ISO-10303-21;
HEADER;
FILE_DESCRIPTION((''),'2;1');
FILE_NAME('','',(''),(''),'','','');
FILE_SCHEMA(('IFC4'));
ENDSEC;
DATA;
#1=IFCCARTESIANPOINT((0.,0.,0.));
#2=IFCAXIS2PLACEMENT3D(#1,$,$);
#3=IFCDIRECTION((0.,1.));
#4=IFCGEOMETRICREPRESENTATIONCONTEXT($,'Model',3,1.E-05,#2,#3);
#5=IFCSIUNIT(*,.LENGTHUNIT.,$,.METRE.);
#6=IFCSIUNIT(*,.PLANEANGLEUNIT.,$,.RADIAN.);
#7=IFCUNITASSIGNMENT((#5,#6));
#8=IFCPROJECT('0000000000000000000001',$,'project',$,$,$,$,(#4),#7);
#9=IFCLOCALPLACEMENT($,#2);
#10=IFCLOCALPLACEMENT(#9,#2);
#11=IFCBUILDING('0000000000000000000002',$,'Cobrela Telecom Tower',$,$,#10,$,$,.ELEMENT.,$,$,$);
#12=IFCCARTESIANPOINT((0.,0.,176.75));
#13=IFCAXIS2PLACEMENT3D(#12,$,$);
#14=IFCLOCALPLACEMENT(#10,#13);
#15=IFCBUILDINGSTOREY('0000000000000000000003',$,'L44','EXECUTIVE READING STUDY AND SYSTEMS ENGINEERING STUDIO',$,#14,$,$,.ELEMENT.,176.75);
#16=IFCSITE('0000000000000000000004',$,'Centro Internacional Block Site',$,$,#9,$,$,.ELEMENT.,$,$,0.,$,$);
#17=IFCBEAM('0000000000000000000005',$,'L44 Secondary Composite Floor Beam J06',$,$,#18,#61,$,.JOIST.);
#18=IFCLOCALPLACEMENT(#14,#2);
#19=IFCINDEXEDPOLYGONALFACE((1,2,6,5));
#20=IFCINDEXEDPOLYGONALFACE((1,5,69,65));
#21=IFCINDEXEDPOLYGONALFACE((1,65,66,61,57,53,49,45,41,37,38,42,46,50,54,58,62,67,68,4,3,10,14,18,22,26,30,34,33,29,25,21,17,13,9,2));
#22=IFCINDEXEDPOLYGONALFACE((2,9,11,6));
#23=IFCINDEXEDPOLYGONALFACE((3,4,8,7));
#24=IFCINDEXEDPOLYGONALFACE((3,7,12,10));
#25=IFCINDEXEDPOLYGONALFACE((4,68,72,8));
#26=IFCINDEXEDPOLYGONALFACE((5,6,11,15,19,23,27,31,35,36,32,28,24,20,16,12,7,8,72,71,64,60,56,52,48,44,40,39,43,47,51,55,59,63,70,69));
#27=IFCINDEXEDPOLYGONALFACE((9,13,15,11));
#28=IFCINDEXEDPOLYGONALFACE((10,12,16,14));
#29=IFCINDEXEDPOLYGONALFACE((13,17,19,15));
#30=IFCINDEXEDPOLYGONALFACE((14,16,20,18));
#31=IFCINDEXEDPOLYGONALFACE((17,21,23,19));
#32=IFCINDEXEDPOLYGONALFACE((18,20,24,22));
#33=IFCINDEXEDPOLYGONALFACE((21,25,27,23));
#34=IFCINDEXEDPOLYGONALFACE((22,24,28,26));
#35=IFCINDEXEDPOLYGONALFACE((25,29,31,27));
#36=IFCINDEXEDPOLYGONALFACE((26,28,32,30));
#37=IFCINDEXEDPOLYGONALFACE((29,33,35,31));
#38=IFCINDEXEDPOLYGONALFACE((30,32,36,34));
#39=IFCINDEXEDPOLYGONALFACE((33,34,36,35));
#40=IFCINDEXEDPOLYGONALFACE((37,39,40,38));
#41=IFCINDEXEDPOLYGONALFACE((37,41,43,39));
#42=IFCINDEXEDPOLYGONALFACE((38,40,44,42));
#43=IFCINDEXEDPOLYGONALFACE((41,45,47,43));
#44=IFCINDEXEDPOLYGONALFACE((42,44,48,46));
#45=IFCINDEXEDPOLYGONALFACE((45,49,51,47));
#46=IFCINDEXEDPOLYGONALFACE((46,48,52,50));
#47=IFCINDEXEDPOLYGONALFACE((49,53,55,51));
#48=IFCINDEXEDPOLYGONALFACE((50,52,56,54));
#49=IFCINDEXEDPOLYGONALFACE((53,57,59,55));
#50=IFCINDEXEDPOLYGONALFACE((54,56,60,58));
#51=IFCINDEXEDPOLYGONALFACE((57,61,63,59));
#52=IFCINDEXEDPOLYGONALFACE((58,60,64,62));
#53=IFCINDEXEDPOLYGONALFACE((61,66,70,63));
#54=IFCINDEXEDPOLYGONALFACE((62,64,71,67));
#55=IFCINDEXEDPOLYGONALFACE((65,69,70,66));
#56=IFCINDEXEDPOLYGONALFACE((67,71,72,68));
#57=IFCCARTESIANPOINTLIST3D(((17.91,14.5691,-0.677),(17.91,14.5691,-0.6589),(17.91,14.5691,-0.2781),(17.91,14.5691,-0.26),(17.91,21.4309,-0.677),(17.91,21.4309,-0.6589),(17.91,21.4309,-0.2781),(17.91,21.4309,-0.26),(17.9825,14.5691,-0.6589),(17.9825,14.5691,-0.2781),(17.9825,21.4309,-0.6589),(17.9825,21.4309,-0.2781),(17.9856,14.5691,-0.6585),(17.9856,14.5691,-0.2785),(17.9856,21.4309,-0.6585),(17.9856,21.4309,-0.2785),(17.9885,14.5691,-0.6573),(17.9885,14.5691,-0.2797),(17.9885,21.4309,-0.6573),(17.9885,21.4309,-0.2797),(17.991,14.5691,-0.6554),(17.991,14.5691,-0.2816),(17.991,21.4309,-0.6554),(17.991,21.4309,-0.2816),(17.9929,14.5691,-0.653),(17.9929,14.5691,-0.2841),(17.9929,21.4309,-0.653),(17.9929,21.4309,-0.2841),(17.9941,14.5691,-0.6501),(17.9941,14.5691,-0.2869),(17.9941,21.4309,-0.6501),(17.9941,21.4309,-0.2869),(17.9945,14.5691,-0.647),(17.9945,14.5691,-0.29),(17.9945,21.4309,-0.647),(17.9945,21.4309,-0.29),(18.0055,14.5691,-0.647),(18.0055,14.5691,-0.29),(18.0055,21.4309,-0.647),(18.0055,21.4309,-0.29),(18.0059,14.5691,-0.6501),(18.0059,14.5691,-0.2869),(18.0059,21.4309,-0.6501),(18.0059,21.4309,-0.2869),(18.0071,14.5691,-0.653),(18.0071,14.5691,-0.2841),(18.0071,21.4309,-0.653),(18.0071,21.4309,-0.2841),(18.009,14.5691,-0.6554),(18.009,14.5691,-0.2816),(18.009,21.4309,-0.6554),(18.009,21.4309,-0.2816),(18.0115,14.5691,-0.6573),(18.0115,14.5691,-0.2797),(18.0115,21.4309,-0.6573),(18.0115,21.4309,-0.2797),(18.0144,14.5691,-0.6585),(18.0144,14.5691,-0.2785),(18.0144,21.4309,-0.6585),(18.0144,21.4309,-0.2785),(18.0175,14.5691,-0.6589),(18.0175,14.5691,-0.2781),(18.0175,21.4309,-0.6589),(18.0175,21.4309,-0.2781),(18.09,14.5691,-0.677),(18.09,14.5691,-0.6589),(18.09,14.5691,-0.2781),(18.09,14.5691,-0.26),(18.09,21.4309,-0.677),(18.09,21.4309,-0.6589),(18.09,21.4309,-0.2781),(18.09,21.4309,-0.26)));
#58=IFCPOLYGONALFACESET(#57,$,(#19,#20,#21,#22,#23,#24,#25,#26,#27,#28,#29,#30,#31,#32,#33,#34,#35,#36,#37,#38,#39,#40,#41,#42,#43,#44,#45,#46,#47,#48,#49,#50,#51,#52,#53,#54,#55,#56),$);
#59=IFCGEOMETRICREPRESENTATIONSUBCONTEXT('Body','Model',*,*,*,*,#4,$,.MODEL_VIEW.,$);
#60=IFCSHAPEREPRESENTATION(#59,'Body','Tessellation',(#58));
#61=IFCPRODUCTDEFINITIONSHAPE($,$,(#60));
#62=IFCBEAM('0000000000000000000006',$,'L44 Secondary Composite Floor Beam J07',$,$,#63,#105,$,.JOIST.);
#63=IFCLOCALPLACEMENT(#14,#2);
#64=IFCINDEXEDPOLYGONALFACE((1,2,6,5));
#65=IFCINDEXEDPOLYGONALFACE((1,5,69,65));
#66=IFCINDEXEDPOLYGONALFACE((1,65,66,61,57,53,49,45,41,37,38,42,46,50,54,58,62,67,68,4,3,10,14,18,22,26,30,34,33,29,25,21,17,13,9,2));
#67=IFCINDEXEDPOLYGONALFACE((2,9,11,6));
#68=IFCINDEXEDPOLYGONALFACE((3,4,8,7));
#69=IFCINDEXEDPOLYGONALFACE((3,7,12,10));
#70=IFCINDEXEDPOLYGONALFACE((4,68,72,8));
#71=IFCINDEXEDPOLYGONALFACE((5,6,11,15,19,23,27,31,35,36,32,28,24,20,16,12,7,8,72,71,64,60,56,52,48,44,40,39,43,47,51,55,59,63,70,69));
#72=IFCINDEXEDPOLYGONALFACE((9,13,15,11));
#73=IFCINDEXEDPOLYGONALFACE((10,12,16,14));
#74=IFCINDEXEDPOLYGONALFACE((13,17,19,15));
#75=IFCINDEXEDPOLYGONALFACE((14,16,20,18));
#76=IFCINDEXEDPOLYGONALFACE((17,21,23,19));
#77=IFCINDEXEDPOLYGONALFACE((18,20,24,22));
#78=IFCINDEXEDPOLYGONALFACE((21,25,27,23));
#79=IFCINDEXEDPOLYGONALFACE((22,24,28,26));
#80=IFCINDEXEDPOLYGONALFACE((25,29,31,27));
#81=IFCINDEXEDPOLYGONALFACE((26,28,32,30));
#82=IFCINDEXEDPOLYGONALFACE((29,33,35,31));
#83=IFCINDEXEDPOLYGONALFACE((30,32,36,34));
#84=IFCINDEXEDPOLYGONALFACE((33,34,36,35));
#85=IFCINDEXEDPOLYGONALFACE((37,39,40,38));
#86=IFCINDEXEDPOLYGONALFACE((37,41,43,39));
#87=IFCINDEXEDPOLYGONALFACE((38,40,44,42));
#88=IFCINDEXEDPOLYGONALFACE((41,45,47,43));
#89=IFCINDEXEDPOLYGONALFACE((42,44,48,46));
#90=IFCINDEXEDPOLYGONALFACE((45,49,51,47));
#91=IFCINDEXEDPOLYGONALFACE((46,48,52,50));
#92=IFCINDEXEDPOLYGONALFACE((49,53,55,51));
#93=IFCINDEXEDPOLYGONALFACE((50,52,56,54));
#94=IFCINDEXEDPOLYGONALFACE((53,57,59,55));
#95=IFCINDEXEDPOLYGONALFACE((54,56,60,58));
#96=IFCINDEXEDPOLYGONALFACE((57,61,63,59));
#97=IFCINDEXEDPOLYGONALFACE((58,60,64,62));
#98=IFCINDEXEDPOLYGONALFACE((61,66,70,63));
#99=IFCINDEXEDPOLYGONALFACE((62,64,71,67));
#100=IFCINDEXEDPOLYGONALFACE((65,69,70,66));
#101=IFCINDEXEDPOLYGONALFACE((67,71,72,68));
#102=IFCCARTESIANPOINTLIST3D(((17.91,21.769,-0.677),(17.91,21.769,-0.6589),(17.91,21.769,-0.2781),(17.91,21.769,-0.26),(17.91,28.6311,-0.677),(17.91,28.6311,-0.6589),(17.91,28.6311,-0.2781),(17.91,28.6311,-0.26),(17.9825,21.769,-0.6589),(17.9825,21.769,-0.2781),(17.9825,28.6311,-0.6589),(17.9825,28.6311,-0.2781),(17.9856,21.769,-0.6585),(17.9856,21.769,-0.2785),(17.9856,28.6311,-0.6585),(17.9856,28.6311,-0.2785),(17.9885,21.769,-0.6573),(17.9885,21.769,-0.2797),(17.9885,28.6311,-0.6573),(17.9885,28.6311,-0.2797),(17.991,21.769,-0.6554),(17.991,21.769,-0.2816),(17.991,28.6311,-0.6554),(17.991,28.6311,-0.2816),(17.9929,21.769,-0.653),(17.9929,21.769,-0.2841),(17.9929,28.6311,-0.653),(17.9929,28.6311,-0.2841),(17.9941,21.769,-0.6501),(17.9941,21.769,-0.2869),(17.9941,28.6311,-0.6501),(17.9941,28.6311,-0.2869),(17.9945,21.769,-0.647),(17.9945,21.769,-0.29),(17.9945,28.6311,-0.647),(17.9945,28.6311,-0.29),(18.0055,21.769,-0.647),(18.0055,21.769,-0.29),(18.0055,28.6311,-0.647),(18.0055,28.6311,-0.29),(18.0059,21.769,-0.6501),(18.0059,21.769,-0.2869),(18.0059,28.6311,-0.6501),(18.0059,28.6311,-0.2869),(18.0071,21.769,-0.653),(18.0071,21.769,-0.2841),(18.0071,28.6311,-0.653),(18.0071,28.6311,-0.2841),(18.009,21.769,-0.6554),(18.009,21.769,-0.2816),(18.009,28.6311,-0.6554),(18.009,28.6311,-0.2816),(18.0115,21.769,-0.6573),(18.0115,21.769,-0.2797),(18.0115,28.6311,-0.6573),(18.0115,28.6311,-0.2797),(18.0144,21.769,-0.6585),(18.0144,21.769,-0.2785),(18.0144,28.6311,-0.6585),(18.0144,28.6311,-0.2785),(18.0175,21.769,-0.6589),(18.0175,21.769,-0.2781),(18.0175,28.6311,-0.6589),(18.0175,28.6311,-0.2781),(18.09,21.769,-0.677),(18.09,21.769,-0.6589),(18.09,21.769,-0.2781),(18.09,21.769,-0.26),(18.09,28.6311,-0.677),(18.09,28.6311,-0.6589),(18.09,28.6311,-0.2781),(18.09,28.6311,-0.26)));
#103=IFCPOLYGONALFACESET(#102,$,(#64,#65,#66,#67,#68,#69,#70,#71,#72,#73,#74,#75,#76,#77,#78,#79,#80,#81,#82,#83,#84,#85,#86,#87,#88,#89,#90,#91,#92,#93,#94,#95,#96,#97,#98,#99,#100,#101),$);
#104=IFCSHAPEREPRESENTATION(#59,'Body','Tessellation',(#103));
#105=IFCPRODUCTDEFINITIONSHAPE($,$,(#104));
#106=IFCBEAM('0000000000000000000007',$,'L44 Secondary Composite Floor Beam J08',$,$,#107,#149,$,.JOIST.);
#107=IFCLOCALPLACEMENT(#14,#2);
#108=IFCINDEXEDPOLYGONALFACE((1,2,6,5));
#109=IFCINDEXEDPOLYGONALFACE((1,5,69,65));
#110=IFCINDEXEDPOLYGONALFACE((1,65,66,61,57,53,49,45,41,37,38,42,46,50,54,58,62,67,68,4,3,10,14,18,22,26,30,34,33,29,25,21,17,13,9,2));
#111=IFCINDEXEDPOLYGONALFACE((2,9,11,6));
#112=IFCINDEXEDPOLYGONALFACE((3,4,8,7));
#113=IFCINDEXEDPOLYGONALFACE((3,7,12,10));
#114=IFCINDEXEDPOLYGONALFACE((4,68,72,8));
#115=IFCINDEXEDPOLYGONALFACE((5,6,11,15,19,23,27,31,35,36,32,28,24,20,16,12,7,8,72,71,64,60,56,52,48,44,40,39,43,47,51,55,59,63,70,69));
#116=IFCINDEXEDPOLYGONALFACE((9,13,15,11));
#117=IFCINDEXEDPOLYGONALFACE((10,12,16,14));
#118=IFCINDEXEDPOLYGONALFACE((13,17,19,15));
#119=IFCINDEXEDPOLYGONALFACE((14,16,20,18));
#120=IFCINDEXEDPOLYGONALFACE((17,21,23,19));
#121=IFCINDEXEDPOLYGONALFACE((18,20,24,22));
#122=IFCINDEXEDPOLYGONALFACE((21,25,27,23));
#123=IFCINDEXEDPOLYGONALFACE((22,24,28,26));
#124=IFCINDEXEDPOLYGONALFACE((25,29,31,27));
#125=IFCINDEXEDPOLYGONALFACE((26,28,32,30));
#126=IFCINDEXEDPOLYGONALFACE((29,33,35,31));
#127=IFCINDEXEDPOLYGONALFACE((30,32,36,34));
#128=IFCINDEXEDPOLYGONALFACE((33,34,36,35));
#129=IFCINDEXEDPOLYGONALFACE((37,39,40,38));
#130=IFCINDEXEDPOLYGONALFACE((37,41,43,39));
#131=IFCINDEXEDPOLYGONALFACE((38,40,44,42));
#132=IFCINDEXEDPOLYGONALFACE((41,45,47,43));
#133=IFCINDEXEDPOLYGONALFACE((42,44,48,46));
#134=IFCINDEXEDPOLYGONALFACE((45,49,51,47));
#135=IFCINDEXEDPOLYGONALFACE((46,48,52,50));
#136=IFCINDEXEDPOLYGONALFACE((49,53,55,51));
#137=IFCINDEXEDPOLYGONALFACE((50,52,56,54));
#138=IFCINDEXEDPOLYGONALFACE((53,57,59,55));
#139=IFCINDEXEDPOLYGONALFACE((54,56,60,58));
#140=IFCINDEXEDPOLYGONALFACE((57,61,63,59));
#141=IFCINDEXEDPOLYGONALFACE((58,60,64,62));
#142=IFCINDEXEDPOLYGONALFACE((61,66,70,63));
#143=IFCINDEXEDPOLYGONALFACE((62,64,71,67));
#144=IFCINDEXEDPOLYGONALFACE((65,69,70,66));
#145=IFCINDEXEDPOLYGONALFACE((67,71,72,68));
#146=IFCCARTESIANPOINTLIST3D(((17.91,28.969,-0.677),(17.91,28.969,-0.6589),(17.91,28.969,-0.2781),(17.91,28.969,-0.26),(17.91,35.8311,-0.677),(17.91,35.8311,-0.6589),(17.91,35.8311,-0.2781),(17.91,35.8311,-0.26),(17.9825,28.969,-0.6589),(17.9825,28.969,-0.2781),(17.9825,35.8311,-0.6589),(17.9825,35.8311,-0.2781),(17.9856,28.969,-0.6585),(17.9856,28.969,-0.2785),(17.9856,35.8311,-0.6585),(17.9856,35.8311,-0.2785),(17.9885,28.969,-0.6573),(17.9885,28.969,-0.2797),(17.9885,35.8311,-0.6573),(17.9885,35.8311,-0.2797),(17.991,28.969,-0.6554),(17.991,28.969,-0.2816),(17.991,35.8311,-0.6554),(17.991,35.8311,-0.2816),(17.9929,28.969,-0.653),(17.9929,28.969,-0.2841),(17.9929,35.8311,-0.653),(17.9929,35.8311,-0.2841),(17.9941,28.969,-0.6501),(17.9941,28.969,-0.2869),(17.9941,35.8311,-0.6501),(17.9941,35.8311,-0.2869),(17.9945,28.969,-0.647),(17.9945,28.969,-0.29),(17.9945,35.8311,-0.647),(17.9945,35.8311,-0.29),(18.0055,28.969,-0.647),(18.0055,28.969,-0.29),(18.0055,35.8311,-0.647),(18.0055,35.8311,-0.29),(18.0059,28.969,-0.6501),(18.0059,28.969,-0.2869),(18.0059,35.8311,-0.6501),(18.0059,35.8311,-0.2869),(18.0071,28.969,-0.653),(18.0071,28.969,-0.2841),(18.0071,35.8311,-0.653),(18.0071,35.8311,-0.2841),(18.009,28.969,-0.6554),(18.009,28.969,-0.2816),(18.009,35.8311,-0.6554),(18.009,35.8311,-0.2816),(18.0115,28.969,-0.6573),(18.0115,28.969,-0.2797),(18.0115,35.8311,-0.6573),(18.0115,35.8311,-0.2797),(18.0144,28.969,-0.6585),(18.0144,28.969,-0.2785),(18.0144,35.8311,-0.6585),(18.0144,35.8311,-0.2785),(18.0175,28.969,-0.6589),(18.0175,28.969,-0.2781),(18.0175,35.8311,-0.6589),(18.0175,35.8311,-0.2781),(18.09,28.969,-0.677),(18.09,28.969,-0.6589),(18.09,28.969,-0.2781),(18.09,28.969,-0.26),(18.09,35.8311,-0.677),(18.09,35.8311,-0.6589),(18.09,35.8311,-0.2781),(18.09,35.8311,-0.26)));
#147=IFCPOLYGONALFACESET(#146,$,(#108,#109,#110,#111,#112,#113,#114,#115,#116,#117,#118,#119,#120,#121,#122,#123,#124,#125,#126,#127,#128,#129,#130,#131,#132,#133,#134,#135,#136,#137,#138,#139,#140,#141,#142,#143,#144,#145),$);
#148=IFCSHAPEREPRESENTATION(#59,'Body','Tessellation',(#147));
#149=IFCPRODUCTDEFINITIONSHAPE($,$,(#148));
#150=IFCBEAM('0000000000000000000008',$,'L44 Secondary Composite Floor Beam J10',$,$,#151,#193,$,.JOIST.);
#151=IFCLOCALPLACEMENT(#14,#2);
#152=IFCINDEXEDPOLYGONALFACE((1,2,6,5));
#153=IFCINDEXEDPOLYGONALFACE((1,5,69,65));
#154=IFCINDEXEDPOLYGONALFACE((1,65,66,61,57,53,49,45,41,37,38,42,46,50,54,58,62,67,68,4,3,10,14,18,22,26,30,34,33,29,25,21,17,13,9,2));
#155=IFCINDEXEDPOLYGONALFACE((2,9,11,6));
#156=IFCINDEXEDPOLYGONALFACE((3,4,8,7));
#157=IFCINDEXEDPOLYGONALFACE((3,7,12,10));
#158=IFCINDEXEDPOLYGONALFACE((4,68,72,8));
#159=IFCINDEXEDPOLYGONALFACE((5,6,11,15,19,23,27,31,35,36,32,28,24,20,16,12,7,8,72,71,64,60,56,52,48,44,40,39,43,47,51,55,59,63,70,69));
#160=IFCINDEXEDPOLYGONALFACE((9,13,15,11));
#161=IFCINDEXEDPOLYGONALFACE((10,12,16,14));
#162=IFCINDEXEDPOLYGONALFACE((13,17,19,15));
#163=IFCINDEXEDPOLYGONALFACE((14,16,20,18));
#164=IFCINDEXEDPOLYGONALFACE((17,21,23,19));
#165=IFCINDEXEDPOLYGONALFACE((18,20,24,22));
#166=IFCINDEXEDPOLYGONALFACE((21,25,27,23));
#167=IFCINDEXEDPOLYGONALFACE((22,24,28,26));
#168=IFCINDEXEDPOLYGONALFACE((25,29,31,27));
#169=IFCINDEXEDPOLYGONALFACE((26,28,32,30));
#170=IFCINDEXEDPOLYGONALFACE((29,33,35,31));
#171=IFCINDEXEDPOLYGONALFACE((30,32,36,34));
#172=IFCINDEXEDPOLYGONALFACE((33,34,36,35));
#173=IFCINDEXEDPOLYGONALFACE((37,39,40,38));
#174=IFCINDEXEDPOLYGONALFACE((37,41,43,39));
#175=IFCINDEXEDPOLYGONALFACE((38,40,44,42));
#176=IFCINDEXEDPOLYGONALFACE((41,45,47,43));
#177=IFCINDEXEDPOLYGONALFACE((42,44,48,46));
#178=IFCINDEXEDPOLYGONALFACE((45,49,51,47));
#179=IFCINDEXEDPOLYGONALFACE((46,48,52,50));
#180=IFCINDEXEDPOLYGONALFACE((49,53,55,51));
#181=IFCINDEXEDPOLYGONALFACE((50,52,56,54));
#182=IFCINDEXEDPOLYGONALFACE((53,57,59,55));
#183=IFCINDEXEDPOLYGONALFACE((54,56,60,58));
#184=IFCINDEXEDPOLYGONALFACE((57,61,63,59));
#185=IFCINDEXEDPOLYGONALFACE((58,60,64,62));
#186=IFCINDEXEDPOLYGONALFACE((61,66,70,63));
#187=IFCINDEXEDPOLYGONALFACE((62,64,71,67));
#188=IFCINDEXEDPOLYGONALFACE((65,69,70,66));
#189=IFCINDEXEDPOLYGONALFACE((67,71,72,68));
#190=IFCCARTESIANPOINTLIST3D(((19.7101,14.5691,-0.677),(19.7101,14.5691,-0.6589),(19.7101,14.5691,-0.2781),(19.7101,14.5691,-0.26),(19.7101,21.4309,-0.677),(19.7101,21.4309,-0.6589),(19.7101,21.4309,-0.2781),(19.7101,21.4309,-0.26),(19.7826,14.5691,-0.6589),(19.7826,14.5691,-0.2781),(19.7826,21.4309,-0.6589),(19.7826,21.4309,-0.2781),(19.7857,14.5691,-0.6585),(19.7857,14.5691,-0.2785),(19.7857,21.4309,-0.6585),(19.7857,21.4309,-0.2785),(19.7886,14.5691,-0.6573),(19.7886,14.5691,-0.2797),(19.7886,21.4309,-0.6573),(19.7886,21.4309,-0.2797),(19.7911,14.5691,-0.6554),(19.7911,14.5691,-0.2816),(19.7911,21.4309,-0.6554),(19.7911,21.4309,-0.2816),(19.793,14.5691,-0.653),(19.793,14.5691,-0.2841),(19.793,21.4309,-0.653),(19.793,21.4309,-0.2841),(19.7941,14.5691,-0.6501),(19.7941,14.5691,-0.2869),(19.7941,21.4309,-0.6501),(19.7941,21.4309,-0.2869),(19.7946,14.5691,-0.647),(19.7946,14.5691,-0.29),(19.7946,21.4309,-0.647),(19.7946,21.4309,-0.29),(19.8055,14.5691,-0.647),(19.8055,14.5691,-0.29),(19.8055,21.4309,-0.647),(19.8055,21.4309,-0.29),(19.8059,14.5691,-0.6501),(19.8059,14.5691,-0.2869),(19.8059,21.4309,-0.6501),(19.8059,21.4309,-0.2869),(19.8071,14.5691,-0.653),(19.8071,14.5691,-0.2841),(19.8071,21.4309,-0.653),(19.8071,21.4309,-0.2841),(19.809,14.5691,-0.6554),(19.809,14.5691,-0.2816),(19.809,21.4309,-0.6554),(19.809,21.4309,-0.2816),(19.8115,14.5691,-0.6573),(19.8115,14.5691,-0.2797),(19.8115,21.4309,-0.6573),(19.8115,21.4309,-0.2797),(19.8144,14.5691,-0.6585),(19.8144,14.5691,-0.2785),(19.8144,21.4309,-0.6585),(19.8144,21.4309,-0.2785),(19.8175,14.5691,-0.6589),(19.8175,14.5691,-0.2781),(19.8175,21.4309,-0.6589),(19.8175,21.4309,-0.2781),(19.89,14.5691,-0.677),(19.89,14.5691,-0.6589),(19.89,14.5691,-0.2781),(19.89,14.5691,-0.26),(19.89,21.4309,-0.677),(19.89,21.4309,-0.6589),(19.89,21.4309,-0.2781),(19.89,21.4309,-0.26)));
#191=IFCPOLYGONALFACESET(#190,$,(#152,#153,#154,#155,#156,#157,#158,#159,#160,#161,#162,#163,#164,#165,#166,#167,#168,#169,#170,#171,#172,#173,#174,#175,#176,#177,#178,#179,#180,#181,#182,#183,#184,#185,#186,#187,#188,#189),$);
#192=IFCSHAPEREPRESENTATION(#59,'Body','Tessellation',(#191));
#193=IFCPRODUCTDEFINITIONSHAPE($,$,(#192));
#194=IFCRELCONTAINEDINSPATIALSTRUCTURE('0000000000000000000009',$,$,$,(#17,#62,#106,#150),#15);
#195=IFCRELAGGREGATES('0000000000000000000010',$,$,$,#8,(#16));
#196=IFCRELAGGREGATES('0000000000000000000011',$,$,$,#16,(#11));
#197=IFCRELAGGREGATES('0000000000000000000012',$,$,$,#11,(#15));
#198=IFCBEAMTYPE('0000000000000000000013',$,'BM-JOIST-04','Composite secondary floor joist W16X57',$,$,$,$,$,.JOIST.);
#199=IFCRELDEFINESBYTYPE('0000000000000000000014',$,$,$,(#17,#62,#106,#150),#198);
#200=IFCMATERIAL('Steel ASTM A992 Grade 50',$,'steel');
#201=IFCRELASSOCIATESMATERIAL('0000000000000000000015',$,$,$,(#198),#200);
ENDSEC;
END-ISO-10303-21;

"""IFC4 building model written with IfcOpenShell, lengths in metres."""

from ifc_helpers import new_model, si_unit, direction, frame, origin, origin_2d, place, context, subcontext, project, spatial, i_section, extrude, material, material_profile, profile_set, type_object, element, save


model = new_model("IFC4")

# Units and contexts
model_context = context("Model", 3, precision=1e-05, world=origin(), true_north=direction((0.0, 1.0)))
body_context = subcontext(model_context, "Body", "Model", "MODEL_VIEW")
ifc_project = project(units=[si_unit("LENGTHUNIT", "METRE"), si_unit("PLANEANGLEUNIT", "RADIAN")], contexts=[model_context])

# Site, building, storey
site_placement = place(None, origin())
site = spatial("IfcSite", under=ifc_project, at=site_placement, Name="Centro Internacional Block Site", CompositionType="ELEMENT", RefElevation=0.0)
building_placement = place(site_placement, origin())
building = spatial("IfcBuilding", under=site, at=building_placement, Name="Cobrela Telecom Tower", CompositionType="ELEMENT")
storey_placement = place(building_placement, frame((0.0, 0.0, 176.75)))
storey = spatial("IfcBuildingStorey", under=building, at=storey_placement, Name="L44", Description="EXECUTIVE READING STUDY AND SYSTEMS ENGINEERING STUDIO", CompositionType="ELEMENT", Elevation=176.75)

# Shared definitions
ifc_material_1 = material(Name="Steel ASTM A992 Grade 50", Category="steel")

# Beams
ifc_material_profile_1 = material_profile(ifc_material_1, i_section(OverallWidth=0.1799, OverallDepth=0.417, WebThickness=0.011, FlangeThickness=0.0181, FilletRadius=0.012, at=origin_2d()), Name="W16X57")
ifc_profile_set_1 = profile_set([ifc_material_profile_1], Name="Steel ASTM A992 Grade 50")
beam_type_1 = type_object("IfcBeamType", Name="BM-JOIST-04", Description="Composite secondary floor joist W16X57", PredefinedType="JOIST", material=ifc_profile_set_1)
beam_1_placement = place(storey_placement, frame((18.0, 14.5691, -0.4685), z_axis=(0.0, 1.0, 0.0), x_axis=(-1.0, 0.0, 0.0)))
element("IfcBeam", 1, at=beam_1_placement, inside=storey, type_object=beam_type_1, Name="L44 Secondary Composite Floor Beam J06", PredefinedType="JOIST", context=body_context, shape_type="SweptSolid", body=[
    extrude(i_section(OverallWidth=0.1799, OverallDepth=0.417, WebThickness=0.011, FlangeThickness=0.0181, FilletRadius=0.012, at=origin_2d()), origin(), (0.0, 0.0, 1.0), 6.8618),
])
for number, where, z_axis, x_axis, name in (
    (2, (18.0, 21.769, -0.4685), (0.0, 1.0, 0.0), (-1.0, 0.0, 0.0), "L44 Secondary Composite Floor Beam J07"),
    (3, (18.0, 28.969, -0.4685), (0.0, 1.0, 0.0), (-1.0, 0.0, 0.0), "L44 Secondary Composite Floor Beam J08"),
):
    element("IfcBeam", number, at=place(storey_placement, frame(where, z_axis=z_axis, x_axis=x_axis)), inside=storey, type_object=beam_type_1, Name=name, PredefinedType="JOIST", context=body_context, shape_type="SweptSolid", body=[
        extrude(i_section(OverallWidth=0.1799, OverallDepth=0.417, WebThickness=0.011, FlangeThickness=0.0181, FilletRadius=0.012, at=origin_2d()), origin(), (0.0, 0.0, 1.0), 6.8621),
    ])
beam_2_placement = place(storey_placement, frame((19.8, 14.5691, -0.4685), z_axis=(0.0, 1.0, 0.0), x_axis=(-1.0, 0.0, 0.0)))
element("IfcBeam", 4, at=beam_2_placement, inside=storey, type_object=beam_type_1, Name="L44 Secondary Composite Floor Beam J10", PredefinedType="JOIST", context=body_context, shape_type="SweptSolid", body=[
    extrude(i_section(OverallWidth=0.1799, OverallDepth=0.417, WebThickness=0.011, FlangeThickness=0.0181, FilletRadius=0.012, at=origin_2d()), origin(), (0.0, 0.0, 1.0), 6.8618),
])

save(model, "model.ifc")
